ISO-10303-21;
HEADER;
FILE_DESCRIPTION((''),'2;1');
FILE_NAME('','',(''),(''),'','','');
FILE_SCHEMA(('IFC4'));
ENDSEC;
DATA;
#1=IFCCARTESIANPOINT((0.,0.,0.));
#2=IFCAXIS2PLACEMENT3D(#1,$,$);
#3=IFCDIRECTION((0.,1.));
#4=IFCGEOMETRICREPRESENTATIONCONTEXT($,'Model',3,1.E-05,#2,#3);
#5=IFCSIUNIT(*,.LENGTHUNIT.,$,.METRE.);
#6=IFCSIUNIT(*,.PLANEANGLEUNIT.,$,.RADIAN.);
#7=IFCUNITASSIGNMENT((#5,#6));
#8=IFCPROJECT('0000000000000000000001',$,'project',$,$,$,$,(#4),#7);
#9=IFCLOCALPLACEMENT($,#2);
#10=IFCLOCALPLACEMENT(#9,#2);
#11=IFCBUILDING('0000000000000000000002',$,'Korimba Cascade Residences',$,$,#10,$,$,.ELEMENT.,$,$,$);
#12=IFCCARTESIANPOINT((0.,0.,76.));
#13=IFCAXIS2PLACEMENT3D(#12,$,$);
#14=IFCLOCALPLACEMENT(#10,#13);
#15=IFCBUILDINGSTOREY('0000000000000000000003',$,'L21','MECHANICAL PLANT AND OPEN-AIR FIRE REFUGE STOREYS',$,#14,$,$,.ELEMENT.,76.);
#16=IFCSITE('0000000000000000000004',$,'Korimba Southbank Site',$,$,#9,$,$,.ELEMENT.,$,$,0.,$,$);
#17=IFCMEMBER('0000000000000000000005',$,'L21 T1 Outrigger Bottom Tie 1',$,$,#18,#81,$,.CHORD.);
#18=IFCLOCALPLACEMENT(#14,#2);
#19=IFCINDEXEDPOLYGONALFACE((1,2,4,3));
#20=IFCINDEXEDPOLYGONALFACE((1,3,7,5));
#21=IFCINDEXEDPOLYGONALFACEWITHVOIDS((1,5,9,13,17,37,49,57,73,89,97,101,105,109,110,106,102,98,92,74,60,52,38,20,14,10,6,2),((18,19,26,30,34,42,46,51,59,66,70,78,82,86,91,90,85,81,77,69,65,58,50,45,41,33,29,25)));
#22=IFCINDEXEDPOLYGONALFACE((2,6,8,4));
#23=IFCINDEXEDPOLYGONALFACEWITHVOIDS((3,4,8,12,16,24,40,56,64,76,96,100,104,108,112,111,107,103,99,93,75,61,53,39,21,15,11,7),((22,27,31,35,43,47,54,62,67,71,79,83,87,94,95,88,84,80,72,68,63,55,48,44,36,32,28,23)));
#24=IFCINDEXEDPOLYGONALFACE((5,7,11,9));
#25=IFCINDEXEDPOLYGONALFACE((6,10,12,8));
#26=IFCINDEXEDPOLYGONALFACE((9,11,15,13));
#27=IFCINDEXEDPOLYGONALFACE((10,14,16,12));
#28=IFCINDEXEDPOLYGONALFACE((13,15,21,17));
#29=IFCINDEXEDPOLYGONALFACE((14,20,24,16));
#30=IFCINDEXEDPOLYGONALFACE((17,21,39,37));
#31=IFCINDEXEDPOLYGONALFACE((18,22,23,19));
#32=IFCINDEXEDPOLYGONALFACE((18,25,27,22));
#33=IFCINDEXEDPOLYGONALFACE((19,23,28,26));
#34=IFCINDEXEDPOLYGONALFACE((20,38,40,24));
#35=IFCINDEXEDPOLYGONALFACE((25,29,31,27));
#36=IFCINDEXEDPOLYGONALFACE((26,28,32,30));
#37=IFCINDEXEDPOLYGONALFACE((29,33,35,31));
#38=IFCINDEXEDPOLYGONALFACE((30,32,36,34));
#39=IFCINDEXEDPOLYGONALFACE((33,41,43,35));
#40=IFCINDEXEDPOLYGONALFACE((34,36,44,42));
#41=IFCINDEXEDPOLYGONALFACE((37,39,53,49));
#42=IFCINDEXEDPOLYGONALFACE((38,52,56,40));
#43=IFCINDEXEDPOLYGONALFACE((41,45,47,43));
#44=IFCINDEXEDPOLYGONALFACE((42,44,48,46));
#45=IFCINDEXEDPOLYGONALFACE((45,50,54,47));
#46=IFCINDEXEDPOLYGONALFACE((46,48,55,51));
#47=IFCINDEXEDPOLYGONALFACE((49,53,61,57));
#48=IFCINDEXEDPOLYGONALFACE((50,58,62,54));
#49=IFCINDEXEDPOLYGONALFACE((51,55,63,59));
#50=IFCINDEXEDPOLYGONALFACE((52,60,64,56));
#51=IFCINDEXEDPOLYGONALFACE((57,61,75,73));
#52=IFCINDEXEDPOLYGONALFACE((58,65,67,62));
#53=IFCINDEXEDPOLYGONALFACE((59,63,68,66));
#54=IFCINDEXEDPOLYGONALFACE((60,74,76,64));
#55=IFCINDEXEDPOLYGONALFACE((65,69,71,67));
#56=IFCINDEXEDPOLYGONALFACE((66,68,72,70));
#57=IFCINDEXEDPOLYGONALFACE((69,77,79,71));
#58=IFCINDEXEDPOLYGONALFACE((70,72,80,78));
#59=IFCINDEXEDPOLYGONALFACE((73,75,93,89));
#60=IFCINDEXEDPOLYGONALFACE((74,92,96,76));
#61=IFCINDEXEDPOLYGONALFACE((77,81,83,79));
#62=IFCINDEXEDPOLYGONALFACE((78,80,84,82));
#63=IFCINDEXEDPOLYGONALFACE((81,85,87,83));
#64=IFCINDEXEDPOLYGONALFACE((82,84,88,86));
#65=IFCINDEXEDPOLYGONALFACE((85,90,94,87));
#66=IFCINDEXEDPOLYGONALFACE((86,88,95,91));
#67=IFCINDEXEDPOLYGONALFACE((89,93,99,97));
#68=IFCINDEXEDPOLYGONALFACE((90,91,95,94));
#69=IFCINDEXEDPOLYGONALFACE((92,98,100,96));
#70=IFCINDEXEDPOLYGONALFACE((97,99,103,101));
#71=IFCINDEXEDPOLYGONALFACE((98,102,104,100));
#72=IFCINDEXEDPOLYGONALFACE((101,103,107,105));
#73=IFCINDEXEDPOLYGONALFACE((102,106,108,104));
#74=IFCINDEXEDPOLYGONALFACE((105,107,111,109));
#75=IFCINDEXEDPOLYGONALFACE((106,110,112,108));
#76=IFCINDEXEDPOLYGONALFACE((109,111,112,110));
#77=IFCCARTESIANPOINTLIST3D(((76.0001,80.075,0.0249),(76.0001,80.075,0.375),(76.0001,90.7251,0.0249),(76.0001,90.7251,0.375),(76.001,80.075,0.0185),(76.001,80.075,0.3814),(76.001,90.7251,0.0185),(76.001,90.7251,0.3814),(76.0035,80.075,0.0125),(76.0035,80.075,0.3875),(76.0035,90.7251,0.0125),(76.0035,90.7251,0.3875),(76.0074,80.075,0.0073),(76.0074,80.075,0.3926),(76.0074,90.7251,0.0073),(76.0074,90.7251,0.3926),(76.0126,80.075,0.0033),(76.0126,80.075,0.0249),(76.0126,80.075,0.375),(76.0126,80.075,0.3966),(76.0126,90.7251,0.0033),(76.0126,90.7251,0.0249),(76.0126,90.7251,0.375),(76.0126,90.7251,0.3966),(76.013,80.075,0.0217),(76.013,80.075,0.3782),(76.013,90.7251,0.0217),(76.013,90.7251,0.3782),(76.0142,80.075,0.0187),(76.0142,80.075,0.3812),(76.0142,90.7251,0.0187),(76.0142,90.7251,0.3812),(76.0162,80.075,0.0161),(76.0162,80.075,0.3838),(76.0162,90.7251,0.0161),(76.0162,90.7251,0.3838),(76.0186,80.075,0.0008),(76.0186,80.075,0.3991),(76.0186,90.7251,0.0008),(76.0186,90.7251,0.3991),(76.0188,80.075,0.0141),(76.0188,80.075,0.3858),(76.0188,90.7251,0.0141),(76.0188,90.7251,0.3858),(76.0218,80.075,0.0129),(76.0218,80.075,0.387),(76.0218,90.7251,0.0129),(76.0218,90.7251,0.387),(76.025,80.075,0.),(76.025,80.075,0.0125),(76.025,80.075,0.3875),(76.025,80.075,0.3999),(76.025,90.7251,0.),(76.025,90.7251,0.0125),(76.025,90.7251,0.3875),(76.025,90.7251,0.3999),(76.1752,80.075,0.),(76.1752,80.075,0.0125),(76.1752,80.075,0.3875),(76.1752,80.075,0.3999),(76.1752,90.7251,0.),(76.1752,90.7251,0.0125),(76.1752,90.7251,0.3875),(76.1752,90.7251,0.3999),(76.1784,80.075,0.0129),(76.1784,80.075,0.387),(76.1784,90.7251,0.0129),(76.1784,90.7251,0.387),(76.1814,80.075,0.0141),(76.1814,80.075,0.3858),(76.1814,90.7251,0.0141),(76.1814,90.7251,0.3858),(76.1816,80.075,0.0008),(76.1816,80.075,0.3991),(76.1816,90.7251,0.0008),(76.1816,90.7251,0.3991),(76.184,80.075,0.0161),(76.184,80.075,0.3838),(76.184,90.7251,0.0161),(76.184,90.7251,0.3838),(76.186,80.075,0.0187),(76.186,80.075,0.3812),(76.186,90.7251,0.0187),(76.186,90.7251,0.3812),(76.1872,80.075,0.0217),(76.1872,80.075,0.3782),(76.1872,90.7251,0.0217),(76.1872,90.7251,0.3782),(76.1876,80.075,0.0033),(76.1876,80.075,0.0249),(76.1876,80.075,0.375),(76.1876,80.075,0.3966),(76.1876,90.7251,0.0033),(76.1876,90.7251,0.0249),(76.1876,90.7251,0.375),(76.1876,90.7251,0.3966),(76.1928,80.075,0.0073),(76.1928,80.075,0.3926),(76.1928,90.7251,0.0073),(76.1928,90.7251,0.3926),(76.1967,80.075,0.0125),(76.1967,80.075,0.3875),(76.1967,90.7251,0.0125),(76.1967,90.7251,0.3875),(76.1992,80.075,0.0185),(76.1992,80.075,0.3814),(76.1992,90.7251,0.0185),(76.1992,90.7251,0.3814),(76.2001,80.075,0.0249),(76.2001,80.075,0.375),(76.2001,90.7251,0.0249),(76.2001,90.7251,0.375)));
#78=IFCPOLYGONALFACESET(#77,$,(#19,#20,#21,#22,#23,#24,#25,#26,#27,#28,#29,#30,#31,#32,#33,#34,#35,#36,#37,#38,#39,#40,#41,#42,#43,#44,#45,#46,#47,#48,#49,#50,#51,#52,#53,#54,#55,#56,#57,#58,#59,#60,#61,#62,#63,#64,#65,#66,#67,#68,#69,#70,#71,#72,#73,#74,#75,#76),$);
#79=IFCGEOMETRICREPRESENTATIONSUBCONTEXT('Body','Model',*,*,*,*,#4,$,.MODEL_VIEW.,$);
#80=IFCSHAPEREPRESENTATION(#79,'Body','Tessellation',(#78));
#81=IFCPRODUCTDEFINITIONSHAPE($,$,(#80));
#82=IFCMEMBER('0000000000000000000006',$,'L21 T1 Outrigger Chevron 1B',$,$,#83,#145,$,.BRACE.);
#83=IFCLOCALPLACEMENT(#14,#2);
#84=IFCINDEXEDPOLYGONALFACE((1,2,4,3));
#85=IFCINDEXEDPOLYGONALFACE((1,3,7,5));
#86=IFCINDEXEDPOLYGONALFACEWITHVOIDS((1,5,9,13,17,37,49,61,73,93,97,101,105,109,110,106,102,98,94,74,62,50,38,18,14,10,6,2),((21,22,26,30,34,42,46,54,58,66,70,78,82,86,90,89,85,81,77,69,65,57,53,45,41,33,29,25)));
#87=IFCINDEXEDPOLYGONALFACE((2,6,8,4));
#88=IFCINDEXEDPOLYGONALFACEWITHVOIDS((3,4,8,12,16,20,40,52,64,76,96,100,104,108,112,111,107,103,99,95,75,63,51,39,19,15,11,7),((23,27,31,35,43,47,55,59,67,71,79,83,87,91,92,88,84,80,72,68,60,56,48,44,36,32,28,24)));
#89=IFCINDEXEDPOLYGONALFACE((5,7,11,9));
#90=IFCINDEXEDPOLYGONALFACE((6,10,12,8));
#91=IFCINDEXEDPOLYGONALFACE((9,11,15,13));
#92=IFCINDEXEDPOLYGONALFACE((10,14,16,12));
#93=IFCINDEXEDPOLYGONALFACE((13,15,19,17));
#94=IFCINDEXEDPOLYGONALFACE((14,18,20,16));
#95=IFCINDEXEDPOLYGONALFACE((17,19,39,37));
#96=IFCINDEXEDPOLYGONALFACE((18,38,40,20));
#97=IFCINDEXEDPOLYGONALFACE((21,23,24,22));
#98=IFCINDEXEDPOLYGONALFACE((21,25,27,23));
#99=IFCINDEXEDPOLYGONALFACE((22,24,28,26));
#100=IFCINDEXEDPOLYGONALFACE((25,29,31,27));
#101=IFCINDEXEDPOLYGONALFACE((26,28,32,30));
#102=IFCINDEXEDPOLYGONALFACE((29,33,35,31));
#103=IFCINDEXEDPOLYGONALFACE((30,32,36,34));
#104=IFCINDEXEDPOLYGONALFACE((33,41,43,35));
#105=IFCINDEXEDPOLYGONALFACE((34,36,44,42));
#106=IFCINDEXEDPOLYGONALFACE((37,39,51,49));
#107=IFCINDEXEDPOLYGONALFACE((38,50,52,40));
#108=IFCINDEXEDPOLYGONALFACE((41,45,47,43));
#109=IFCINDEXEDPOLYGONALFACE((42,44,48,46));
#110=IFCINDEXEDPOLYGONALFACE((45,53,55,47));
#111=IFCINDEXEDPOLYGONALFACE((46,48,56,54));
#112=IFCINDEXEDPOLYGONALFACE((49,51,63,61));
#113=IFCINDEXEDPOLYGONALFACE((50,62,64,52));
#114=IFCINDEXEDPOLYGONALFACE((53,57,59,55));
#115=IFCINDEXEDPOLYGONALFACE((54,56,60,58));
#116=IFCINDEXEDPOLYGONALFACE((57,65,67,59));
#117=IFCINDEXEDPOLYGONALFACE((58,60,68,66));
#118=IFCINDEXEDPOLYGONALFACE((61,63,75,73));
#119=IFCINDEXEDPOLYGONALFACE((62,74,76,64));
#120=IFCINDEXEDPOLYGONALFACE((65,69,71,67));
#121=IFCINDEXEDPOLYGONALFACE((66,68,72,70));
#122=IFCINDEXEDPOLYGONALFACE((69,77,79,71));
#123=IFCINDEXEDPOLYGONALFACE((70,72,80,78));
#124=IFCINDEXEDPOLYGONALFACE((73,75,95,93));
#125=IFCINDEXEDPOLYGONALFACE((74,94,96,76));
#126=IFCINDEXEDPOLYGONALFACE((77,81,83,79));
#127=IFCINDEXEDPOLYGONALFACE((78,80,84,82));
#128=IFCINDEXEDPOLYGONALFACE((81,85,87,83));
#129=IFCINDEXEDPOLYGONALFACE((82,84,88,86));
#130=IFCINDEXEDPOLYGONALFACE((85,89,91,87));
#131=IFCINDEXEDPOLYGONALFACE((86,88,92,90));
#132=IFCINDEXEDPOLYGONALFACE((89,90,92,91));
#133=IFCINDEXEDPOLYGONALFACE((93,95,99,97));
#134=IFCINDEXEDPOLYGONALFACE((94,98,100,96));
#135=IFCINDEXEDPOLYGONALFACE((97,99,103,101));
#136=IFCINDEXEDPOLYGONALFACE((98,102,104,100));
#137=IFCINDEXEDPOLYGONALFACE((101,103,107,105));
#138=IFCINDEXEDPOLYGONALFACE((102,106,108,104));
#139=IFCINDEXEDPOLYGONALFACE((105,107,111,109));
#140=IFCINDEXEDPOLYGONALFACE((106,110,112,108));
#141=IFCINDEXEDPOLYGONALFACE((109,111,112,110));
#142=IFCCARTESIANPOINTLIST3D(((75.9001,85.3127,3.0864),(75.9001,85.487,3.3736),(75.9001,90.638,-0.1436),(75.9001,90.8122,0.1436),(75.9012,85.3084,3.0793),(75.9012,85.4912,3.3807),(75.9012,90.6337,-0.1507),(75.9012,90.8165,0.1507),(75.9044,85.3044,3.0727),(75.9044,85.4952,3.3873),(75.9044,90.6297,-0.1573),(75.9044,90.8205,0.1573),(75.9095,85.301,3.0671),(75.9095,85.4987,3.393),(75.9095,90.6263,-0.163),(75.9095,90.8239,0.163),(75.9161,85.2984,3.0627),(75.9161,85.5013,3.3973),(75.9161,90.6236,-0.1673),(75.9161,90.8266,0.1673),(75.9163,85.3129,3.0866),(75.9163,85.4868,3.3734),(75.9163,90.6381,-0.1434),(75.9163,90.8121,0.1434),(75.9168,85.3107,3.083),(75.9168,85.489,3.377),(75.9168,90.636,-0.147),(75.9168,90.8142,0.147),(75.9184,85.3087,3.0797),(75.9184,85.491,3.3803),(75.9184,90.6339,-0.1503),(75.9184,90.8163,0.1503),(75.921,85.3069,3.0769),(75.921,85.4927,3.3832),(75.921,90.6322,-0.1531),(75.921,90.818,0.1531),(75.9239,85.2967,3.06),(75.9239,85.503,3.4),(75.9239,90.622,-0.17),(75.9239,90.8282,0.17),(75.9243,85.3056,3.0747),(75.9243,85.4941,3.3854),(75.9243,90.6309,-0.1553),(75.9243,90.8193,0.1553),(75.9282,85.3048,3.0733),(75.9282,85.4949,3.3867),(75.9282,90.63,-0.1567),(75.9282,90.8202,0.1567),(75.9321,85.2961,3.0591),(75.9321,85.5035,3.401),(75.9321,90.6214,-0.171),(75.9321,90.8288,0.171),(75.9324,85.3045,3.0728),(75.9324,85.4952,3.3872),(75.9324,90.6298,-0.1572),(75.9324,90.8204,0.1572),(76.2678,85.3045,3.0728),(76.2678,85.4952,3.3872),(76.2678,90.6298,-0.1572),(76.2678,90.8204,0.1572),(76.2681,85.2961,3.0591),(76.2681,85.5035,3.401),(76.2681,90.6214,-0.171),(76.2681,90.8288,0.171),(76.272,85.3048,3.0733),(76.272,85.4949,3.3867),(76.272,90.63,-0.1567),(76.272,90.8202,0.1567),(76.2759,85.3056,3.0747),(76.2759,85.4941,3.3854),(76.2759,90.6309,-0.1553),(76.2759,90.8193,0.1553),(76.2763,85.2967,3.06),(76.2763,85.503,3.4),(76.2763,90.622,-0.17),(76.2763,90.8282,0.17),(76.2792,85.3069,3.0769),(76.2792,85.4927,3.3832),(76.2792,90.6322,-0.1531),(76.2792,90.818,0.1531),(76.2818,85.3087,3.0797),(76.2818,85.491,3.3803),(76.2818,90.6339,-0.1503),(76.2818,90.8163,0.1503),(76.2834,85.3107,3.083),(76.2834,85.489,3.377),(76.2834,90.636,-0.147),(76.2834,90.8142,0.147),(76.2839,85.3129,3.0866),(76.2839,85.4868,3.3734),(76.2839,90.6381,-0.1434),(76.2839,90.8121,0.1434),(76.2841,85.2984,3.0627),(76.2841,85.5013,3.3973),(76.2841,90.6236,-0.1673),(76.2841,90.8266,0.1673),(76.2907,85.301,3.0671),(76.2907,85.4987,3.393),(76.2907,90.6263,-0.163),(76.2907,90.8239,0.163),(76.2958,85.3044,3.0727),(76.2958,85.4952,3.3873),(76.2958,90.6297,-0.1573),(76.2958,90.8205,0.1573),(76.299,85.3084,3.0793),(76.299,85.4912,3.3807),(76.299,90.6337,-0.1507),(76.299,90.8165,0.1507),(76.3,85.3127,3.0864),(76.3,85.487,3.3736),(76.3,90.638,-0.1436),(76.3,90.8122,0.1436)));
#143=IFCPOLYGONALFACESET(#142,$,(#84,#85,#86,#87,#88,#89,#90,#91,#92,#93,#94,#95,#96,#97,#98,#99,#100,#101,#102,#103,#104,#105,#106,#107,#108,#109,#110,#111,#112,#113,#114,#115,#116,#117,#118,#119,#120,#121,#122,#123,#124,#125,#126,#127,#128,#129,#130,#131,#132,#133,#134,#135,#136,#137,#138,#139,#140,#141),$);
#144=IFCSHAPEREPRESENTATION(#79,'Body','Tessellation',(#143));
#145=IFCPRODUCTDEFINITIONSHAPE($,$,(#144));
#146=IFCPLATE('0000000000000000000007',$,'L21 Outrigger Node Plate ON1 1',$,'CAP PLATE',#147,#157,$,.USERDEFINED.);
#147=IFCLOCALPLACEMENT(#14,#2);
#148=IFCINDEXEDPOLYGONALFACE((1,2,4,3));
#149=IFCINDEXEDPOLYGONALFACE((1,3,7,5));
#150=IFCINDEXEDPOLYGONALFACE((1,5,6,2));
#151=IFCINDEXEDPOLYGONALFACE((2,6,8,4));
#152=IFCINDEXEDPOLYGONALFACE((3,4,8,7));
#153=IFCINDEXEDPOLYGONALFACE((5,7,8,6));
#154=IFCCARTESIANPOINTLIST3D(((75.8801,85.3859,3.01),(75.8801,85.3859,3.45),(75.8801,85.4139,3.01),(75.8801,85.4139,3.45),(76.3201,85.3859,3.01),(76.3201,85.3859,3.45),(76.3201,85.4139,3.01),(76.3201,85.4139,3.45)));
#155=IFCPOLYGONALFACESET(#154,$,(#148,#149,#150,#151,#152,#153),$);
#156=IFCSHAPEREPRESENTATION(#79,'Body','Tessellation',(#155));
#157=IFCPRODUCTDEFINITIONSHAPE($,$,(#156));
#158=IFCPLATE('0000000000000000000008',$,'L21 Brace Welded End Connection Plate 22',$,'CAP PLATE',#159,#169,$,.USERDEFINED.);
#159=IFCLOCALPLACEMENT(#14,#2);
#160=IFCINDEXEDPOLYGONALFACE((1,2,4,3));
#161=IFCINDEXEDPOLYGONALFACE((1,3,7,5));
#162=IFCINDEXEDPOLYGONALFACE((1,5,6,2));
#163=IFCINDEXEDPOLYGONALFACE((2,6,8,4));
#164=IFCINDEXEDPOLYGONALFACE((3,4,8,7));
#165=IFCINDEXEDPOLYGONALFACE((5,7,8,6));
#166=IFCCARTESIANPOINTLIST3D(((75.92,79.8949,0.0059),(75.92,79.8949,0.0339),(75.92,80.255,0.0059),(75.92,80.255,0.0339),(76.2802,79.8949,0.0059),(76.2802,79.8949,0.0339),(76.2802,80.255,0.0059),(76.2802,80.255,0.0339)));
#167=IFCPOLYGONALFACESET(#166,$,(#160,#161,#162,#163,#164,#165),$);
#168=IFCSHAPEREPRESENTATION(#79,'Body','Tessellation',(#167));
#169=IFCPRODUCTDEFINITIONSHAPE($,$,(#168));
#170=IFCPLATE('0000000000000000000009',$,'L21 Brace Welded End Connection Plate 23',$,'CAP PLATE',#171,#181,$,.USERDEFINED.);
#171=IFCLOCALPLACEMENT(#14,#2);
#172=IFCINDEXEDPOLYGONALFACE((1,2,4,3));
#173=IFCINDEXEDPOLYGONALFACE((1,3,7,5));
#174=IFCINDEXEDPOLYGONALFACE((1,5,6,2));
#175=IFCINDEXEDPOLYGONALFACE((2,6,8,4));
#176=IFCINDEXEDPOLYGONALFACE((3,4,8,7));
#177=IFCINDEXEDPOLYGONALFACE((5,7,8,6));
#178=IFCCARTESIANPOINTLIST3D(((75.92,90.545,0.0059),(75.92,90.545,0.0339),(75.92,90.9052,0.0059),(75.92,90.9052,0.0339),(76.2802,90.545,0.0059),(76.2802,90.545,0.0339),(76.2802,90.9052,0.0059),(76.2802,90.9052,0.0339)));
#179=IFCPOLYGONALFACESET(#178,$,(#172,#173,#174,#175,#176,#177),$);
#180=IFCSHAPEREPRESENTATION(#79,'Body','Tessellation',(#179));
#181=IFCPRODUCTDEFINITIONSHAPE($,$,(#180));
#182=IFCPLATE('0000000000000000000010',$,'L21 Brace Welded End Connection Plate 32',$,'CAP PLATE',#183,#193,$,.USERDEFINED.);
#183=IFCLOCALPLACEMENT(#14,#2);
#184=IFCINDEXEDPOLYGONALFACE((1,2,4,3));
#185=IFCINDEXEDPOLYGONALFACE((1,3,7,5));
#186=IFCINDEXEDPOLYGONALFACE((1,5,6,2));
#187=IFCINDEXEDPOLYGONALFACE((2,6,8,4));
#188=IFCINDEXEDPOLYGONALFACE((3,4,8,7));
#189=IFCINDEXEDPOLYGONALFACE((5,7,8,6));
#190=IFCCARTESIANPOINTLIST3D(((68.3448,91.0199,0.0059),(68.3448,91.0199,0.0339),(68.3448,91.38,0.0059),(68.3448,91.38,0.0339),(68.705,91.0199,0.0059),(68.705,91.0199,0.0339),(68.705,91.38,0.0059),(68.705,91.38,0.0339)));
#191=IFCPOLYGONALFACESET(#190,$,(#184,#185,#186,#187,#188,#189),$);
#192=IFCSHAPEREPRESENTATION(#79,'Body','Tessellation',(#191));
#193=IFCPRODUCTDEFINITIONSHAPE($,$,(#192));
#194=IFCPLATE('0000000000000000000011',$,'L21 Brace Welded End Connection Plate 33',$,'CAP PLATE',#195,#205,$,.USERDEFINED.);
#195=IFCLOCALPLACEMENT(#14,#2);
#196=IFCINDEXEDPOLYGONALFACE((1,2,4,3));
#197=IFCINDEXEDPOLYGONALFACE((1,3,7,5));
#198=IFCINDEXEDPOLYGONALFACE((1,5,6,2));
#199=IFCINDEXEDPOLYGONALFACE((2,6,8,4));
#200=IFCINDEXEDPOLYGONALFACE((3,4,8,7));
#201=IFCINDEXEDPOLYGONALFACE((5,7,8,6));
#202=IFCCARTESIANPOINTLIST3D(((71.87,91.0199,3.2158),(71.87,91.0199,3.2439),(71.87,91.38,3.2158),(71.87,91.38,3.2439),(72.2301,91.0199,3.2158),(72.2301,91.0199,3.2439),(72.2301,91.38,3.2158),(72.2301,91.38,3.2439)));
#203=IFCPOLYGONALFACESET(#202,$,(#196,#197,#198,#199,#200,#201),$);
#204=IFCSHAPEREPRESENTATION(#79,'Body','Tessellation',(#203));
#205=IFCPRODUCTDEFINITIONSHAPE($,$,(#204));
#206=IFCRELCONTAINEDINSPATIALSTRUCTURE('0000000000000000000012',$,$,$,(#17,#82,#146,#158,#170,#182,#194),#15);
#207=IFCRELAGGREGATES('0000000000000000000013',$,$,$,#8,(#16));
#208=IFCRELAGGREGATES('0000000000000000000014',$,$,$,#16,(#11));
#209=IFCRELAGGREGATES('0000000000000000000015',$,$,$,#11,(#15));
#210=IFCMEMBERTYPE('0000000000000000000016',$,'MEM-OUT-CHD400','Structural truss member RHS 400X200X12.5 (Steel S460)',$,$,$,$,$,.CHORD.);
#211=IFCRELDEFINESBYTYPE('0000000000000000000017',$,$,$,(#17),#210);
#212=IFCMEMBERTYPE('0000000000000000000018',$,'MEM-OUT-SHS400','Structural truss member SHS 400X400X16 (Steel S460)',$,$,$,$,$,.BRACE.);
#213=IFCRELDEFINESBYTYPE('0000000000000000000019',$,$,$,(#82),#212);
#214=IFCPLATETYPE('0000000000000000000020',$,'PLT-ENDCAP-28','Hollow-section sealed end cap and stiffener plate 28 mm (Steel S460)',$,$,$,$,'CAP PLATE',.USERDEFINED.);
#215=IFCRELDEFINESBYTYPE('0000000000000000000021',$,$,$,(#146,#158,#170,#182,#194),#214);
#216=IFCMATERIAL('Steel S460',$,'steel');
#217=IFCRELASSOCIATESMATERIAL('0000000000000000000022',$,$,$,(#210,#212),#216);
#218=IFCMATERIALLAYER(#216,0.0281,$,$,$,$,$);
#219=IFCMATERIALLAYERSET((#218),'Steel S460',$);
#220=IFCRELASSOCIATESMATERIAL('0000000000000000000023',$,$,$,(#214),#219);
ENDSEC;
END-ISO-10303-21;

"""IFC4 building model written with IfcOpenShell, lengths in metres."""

from ifc_helpers import new_model, si_unit, direction, frame, origin, origin_2d, place, context, subcontext, project, spatial, rectangle, hollow_rectangle, extrude, material, layer, layer_set, material_profile, profile_set, type_object, element, save


model = new_model("IFC4")

# Units and contexts
model_context = context("Model", 3, precision=1e-05, world=origin(), true_north=direction((0.0, 1.0)))
body_context = subcontext(model_context, "Body", "Model", "MODEL_VIEW")
ifc_project = project(units=[si_unit("LENGTHUNIT", "METRE"), si_unit("PLANEANGLEUNIT", "RADIAN")], contexts=[model_context])

# Site, building, storey
site_placement = place(None, origin())
site = spatial("IfcSite", under=ifc_project, at=site_placement, Name="Korimba Southbank Site", CompositionType="ELEMENT", RefElevation=0.0)
building_placement = place(site_placement, origin())
building = spatial("IfcBuilding", under=site, at=building_placement, Name="Korimba Cascade Residences", CompositionType="ELEMENT")
storey_placement = place(building_placement, frame((0.0, 0.0, 76.0)))
storey = spatial("IfcBuildingStorey", under=building, at=storey_placement, Name="L21", Description="MECHANICAL PLANT AND OPEN-AIR FIRE REFUGE STOREYS", CompositionType="ELEMENT", Elevation=76.0)

# Members
ifc_material_1 = material(Name="Steel S460", Category="steel")
ifc_material_profile_1 = material_profile(ifc_material_1, hollow_rectangle(XDim=0.2, YDim=0.3999, WallThickness=0.0125, InnerFilletRadius=0.0125, OuterFilletRadius=0.0249, at=origin_2d()), Name="Steel S460")
ifc_profile_set_1 = profile_set([ifc_material_profile_1], Name="Steel S460")
member_type_1 = type_object("IfcMemberType", Name="MEM-OUT-CHD400", Description="Structural truss member RHS 400X200X12.5 (Steel S460)", PredefinedType="CHORD", material=ifc_profile_set_1)
member_1_placement = place(storey_placement, frame((76.1001, 80.075, 0.2), z_axis=(0.0, 1.0, 0.0), x_axis=(-1.0, 0.0, 0.0)))
element("IfcMember", 1, at=member_1_placement, inside=storey, type_object=member_type_1, Name="L21 T1 Outrigger Bottom Tie 1", PredefinedType="CHORD", context=body_context, shape_type="SweptSolid", body=[
    extrude(hollow_rectangle(XDim=0.2, YDim=0.3999, WallThickness=0.0125, InnerFilletRadius=0.0125, OuterFilletRadius=0.0249, at=origin_2d()), origin(), (0.0, 0.0, 1.0), 10.6501),
])
ifc_material_profile_2 = material_profile(ifc_material_1, hollow_rectangle(XDim=0.3999, YDim=0.3999, WallThickness=0.0161, InnerFilletRadius=0.0161, OuterFilletRadius=0.032, at=origin_2d()), Name="Steel S460")
ifc_profile_set_2 = profile_set([ifc_material_profile_2], Name="Steel S460")
member_type_2 = type_object("IfcMemberType", Name="MEM-OUT-SHS400", Description="Structural truss member SHS 400X400X16 (Steel S460)", PredefinedType="BRACE", material=ifc_profile_set_2)
member_2_placement = place(storey_placement, frame((76.1001, 90.7251, 0.0), z_axis=(0.0, -0.855013, 0.518606), x_axis=(1.0, 0.0, 0.0)))
element("IfcMember", 2, at=member_2_placement, inside=storey, type_object=member_type_2, Name="L21 T1 Outrigger Chevron 1B", PredefinedType="BRACE", context=body_context, shape_type="SweptSolid", body=[
    extrude(hollow_rectangle(XDim=0.3999, YDim=0.3999, WallThickness=0.0161, InnerFilletRadius=0.0161, OuterFilletRadius=0.032, at=origin_2d()), origin(), (0.0, 0.0, 1.0), 6.2283),
])

# Plates
ifc_layer_1 = layer(ifc_material_1, 0.0281)
ifc_layer_set_1 = layer_set([ifc_layer_1], Name="Steel S460")
plate_type = type_object("IfcPlateType", Name="PLT-ENDCAP-28", Description="Hollow-section sealed end cap and stiffener plate 28 mm (Steel S460)", ElementType="CAP PLATE", PredefinedType="USERDEFINED", material=ifc_layer_set_1)
plate_placement = place(storey_placement, frame((76.1001, 85.3999, 3.01), z_axis=(0.0, 0.0, 1.0), x_axis=(1.0, 0.0, 0.0)))
element("IfcPlate", 3, at=plate_placement, inside=storey, type_object=plate_type, Name="L21 Outrigger Node Plate ON1 1", ObjectType="CAP PLATE", PredefinedType="USERDEFINED", context=body_context, shape_type="SweptSolid", body=[
    extrude(rectangle(XDim=0.4399, YDim=0.0281, at=origin_2d()), origin(), (0.0, 0.0, 1.0), 0.4399),
])
for number, where, z_axis, x_axis, name in (
    (4, (76.1001, 80.075, 0.0059), (0.0, 0.0, 1.0), (1.0, 0.0, 0.0), "L21 Brace Welded End Connection Plate 22"),
    (5, (76.1001, 90.7251, 0.0059), (0.0, 0.0, 1.0), (1.0, 0.0, 0.0), "L21 Brace Welded End Connection Plate 23"),
    (6, (68.5249, 91.2, 0.0059), (0.0, 0.0, 1.0), (1.0, 0.0, 0.0), "L21 Brace Welded End Connection Plate 32"),
    (7, (72.05, 91.2, 3.2158), (0.0, 0.0, 1.0), (1.0, 0.0, 0.0), "L21 Brace Welded End Connection Plate 33"),
):
    element("IfcPlate", number, at=place(storey_placement, frame(where, z_axis=z_axis, x_axis=x_axis)), inside=storey, type_object=plate_type, Name=name, ObjectType="CAP PLATE", PredefinedType="USERDEFINED", context=body_context, shape_type="SweptSolid", body=[
        extrude(rectangle(XDim=0.3601, YDim=0.3601, at=origin_2d()), origin(), (0.0, 0.0, 1.0), 0.0281),
    ])

save(model, "model.ifc")
